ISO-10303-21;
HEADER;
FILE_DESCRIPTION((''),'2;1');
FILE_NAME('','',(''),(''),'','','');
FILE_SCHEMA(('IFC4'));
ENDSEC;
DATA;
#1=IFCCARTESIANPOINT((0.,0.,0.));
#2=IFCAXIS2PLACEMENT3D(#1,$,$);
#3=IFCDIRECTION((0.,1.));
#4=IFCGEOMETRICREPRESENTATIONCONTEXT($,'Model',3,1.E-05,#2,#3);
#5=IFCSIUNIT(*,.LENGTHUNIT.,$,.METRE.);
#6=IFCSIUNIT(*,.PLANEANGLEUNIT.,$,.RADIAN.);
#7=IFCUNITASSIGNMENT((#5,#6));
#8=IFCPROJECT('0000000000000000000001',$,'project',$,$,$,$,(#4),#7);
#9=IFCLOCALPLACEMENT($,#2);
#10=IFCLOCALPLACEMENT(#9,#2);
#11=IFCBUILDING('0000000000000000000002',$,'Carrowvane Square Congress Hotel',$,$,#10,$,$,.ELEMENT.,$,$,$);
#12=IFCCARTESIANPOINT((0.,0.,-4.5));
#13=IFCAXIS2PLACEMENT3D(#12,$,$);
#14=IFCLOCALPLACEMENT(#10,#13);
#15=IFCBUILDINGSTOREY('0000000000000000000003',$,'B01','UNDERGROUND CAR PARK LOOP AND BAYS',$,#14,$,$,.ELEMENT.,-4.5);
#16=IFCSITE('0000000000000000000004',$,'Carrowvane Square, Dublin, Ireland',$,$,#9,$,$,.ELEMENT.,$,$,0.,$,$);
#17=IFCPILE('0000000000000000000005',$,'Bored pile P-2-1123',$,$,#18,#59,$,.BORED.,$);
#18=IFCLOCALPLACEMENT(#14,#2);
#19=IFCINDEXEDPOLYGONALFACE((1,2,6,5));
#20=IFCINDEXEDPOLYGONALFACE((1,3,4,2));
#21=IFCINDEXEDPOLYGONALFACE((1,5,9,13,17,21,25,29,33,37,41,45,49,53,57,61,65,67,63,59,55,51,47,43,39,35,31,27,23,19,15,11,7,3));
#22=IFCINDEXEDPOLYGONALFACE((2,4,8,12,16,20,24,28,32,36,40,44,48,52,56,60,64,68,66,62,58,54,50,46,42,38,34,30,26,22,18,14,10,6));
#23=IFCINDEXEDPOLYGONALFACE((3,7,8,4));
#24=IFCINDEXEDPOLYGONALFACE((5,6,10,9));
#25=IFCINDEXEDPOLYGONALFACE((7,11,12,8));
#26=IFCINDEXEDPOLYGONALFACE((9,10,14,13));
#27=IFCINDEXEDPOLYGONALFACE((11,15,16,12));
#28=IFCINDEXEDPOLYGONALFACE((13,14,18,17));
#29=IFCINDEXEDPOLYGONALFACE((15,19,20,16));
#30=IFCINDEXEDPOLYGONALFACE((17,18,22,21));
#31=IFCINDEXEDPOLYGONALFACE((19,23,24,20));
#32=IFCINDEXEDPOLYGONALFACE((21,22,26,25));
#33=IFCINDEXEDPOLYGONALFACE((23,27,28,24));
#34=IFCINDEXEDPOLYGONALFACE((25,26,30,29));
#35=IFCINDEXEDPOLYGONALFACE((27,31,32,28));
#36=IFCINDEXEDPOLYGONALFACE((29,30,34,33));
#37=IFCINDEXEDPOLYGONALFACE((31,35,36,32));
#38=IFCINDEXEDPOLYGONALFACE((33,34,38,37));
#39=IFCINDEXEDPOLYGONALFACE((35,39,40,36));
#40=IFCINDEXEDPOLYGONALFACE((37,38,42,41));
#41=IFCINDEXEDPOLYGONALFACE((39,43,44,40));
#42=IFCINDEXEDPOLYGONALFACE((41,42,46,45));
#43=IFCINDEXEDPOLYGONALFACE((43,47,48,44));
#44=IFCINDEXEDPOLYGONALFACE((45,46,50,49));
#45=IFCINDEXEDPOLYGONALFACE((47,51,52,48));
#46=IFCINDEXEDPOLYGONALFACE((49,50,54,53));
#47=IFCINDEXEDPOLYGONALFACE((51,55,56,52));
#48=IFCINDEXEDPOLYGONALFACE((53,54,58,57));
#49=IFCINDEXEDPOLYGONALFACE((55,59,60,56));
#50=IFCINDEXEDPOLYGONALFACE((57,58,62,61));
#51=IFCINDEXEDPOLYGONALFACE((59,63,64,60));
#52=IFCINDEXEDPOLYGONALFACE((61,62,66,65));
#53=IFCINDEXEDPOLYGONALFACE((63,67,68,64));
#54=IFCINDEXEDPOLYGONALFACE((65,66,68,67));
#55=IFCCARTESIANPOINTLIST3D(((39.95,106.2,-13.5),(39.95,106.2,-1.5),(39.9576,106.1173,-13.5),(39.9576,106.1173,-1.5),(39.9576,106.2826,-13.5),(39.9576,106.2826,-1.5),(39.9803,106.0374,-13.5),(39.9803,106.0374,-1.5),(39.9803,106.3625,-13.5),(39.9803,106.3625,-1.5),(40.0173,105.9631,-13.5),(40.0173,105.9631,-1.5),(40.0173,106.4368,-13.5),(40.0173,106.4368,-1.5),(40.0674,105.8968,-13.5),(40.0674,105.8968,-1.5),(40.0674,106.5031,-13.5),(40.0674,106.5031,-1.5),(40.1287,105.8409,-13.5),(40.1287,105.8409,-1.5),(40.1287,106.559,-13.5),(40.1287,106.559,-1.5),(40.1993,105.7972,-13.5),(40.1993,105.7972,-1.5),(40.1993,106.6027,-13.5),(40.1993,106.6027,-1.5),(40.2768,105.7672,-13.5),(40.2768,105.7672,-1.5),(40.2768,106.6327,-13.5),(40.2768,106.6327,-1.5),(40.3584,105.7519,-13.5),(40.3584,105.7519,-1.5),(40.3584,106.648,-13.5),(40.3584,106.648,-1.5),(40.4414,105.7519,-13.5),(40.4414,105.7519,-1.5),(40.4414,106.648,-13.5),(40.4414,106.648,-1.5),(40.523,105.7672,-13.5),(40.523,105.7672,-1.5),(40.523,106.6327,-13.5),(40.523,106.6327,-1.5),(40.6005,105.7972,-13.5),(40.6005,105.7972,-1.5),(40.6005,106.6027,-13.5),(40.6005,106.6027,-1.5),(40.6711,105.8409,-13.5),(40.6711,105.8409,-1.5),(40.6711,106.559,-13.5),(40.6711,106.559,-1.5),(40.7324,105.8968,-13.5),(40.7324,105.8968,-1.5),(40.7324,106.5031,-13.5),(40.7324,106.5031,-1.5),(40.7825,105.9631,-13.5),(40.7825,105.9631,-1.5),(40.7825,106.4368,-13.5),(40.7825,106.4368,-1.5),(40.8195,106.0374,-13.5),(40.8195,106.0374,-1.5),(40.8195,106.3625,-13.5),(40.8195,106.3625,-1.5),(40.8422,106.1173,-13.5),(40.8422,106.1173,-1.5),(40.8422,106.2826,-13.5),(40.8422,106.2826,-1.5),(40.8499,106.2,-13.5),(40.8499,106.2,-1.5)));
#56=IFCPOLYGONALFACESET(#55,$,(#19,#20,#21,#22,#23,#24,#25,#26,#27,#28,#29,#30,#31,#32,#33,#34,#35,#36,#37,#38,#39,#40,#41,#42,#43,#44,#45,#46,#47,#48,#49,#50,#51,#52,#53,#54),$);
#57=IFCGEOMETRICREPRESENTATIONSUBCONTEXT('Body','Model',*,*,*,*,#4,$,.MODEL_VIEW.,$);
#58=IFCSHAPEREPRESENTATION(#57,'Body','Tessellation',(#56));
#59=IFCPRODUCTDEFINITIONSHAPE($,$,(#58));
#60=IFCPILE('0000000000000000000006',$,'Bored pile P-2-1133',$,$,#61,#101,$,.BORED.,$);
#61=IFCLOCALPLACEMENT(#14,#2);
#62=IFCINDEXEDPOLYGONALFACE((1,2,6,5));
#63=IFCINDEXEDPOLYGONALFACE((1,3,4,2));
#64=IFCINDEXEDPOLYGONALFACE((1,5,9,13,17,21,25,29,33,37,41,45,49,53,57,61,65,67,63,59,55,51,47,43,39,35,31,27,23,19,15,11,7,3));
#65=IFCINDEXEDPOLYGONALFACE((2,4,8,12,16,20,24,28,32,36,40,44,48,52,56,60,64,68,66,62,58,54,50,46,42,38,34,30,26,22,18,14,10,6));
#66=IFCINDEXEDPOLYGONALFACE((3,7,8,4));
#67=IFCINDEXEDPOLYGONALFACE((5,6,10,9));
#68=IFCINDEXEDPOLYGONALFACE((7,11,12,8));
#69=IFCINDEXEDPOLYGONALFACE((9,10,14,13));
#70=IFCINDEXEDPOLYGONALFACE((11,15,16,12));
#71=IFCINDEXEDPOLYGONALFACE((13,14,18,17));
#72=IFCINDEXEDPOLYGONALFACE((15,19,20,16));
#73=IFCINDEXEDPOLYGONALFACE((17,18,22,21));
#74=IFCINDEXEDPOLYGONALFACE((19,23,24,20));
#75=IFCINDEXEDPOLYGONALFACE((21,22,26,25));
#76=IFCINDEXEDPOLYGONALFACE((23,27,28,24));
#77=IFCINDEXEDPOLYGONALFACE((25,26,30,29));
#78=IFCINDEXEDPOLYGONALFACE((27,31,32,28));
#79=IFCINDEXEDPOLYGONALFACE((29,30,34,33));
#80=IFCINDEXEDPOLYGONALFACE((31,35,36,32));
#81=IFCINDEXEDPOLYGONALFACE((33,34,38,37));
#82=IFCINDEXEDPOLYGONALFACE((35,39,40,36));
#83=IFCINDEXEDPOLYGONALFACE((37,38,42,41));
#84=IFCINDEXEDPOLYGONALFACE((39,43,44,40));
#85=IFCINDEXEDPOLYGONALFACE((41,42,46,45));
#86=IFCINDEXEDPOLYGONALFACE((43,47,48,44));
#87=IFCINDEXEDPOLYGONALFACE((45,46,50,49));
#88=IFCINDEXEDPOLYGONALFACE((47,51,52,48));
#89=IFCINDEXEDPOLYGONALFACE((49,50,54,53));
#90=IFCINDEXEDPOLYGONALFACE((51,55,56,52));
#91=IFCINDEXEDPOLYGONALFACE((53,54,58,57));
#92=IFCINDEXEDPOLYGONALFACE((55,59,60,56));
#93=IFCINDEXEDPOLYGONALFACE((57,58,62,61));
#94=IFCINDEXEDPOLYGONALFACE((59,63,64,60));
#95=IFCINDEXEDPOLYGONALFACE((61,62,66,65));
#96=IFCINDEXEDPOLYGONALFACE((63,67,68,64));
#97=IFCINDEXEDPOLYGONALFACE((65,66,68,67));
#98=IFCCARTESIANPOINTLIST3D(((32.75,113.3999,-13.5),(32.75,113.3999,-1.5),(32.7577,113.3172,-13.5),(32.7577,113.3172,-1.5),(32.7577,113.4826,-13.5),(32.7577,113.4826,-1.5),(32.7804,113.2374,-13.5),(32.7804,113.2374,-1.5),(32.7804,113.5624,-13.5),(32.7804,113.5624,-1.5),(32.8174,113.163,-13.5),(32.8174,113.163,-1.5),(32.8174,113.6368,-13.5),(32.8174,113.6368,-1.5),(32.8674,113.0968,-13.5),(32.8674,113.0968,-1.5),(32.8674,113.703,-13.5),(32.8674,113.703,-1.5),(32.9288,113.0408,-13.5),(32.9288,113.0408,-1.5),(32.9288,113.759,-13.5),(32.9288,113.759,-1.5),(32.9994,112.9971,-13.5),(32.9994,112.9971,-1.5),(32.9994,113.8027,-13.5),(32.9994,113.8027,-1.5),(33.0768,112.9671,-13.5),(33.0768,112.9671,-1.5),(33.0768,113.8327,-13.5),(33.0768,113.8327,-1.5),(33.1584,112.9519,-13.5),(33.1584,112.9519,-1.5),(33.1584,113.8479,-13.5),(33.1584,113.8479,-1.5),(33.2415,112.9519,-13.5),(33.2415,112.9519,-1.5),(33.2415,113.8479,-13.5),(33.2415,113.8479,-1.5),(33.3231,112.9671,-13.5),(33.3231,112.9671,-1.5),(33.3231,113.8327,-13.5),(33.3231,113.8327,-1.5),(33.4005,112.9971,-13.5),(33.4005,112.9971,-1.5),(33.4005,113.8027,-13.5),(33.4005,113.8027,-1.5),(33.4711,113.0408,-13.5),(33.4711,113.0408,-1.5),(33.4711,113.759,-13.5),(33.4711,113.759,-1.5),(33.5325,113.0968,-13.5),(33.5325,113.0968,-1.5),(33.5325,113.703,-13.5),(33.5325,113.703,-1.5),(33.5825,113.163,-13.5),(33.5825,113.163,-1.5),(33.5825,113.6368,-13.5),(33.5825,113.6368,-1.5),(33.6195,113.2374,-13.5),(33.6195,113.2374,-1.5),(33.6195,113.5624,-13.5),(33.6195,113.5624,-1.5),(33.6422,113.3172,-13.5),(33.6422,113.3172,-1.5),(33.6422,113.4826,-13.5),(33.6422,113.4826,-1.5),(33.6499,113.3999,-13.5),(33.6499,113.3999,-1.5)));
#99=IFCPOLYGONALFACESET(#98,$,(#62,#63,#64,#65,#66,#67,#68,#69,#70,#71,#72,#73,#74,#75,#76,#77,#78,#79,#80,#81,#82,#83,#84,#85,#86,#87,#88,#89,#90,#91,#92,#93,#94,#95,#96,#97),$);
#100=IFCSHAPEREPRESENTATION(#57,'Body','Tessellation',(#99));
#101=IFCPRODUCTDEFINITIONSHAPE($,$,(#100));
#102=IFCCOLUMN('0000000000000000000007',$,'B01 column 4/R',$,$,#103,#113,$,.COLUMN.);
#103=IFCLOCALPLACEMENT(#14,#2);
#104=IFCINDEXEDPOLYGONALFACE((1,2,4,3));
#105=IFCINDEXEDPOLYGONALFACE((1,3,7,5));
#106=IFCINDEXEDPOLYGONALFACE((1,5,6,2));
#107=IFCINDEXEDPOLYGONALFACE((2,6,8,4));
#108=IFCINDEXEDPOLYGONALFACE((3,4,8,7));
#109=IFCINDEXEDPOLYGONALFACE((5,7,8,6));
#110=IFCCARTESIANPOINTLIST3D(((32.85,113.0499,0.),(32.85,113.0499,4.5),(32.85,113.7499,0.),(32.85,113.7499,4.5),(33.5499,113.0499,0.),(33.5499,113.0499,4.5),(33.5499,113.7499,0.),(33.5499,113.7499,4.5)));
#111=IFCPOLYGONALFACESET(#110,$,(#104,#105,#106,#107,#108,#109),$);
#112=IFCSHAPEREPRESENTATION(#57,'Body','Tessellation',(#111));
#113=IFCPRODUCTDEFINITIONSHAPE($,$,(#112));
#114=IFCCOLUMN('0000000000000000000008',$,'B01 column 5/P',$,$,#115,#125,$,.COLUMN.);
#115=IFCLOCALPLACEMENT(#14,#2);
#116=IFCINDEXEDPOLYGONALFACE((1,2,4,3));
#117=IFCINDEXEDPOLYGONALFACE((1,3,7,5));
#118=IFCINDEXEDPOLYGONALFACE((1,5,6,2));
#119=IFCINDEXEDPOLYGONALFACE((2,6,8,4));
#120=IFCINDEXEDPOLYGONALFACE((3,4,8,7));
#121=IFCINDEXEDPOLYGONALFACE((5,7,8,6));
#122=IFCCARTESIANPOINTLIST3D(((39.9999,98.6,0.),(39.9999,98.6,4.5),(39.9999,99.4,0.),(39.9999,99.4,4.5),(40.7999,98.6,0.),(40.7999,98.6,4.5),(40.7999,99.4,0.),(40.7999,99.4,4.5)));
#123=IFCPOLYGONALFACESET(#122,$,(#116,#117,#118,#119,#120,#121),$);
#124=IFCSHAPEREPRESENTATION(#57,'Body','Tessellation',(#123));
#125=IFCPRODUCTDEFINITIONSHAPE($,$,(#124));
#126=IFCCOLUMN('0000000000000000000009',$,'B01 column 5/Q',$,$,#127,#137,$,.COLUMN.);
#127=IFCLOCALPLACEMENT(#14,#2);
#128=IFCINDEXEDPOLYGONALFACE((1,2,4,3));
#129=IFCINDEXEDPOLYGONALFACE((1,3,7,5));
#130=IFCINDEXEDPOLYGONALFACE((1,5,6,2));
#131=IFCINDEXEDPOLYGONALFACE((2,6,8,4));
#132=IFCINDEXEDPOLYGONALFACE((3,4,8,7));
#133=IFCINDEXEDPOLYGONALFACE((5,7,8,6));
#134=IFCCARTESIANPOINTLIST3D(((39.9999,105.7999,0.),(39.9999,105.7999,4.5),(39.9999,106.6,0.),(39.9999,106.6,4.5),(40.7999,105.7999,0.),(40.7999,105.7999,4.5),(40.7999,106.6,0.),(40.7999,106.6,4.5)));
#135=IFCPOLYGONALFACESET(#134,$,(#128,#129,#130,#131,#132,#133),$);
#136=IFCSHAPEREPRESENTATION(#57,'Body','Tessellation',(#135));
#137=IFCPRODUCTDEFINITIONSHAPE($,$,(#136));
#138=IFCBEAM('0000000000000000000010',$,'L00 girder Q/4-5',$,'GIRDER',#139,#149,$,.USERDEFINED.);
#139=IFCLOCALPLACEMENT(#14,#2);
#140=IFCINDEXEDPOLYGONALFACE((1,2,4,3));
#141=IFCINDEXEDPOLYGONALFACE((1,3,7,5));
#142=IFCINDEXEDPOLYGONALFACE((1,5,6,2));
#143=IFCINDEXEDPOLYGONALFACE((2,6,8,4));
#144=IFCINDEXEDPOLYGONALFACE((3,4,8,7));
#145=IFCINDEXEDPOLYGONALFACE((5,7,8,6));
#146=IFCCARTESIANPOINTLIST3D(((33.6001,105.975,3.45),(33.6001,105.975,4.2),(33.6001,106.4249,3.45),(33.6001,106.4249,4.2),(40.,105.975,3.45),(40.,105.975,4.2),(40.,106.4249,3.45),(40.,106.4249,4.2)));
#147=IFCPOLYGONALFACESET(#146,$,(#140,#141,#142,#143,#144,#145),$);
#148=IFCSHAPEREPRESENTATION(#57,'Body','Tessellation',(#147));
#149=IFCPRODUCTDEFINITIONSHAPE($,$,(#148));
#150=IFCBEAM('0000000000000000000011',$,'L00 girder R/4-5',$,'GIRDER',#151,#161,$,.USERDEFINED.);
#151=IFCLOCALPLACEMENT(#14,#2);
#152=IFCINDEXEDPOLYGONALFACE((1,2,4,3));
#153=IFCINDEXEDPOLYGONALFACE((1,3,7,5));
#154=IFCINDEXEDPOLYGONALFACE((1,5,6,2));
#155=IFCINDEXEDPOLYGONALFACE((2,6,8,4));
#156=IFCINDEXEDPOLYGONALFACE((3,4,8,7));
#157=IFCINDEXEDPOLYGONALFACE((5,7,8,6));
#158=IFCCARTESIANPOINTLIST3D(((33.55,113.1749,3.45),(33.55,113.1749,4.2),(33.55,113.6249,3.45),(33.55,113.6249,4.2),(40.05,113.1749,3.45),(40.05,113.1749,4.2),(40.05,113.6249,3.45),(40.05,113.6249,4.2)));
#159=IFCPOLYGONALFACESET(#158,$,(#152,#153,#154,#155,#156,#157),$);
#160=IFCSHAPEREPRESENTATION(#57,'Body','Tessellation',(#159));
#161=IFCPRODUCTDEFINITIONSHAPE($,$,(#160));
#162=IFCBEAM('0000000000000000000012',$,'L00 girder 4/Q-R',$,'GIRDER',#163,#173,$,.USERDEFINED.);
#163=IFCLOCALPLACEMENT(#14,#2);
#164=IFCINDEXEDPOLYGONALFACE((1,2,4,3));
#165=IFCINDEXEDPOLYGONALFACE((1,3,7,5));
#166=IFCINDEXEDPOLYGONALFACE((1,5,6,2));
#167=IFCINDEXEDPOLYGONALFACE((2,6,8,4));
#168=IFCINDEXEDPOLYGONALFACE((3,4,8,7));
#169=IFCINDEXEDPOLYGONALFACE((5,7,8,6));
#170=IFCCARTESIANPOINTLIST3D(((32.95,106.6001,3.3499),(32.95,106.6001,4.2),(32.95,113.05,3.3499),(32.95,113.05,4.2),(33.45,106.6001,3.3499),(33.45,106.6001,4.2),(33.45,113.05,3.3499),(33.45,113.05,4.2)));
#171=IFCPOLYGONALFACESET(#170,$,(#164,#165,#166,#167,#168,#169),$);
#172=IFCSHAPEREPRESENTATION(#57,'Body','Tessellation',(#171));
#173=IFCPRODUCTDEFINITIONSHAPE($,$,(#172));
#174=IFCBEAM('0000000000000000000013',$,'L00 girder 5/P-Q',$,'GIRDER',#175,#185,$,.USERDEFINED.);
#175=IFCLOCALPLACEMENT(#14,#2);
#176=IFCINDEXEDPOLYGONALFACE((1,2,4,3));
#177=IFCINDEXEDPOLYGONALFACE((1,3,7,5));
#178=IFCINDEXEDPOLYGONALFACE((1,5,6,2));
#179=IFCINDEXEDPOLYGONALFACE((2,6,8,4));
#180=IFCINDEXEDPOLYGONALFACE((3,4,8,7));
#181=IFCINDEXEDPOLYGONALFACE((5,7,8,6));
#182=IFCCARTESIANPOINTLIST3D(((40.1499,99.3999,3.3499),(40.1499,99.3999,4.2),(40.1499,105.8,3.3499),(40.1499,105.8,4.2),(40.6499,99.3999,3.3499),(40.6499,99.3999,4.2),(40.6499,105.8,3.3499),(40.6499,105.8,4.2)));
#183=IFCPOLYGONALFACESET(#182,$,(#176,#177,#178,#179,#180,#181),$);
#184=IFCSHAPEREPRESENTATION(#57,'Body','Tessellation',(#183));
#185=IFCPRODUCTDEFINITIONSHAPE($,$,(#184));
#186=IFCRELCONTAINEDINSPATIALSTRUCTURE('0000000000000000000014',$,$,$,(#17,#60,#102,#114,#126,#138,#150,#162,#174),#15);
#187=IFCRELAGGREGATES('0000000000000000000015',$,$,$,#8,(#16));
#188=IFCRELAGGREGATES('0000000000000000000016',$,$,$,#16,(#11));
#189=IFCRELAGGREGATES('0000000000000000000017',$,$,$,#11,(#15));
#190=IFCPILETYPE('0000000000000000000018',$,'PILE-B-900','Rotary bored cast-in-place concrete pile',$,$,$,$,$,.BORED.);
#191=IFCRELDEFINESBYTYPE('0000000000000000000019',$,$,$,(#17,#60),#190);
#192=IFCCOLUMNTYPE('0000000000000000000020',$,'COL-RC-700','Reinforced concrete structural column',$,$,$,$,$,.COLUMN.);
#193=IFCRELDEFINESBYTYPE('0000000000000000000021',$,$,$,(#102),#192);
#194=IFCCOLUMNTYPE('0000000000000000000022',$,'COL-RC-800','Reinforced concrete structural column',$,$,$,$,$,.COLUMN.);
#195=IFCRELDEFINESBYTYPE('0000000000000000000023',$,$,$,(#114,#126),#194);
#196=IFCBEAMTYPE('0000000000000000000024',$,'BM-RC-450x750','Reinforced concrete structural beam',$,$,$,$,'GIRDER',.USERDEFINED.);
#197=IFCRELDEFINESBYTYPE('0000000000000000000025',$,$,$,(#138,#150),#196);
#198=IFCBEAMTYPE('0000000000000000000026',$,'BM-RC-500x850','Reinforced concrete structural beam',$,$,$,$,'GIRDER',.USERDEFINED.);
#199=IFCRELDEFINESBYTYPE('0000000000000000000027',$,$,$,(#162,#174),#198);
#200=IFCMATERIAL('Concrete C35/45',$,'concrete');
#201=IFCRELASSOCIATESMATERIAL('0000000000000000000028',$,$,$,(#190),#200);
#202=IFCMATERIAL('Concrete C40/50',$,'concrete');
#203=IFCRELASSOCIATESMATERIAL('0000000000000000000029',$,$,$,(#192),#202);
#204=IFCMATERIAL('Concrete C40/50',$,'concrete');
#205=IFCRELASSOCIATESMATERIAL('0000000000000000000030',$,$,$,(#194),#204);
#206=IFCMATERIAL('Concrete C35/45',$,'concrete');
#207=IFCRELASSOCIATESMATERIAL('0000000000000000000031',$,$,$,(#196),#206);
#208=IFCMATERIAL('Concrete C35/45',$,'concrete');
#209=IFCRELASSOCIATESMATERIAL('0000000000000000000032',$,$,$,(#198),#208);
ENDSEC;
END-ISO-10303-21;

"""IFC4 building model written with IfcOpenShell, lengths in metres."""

from ifc_helpers import new_model, si_unit, direction, frame, origin, origin_2d, place, context, subcontext, project, spatial, rectangle, circle, extrude, material, material_profile, profile_set, type_object, element, save


model = new_model("IFC4")

# Units and contexts
model_context = context("Model", 3, precision=1e-05, world=origin(), true_north=direction((0.0, 1.0)))
body_context = subcontext(model_context, "Body", "Model", "MODEL_VIEW")
ifc_project = project(units=[si_unit("LENGTHUNIT", "METRE"), si_unit("PLANEANGLEUNIT", "RADIAN")], contexts=[model_context])

# Site, building, storey
site_placement = place(None, origin())
site = spatial("IfcSite", under=ifc_project, at=site_placement, Name="Carrowvane Square, Dublin, Ireland", CompositionType="ELEMENT", RefElevation=0.0)
building_placement = place(site_placement, origin())
building = spatial("IfcBuilding", under=site, at=building_placement, Name="Carrowvane Square Congress Hotel", CompositionType="ELEMENT")
storey_placement = place(building_placement, frame((0.0, 0.0, -4.5)))
storey = spatial("IfcBuildingStorey", under=building, at=storey_placement, Name="B01", Description="UNDERGROUND CAR PARK LOOP AND BAYS", CompositionType="ELEMENT", Elevation=-4.5)

# Piles
ifc_material_1 = material(Name="Concrete C35/45", Category="concrete")
ifc_material_profile_1 = material_profile(ifc_material_1, circle(Radius=0.45, at=origin_2d()), Name="PILE D900")
ifc_profile_set_1 = profile_set([ifc_material_profile_1], Name="Concrete C35/45")
pile_type = type_object("IfcPileType", Name="PILE-B-900", Description="Rotary bored cast-in-place concrete pile", PredefinedType="BORED", material=ifc_profile_set_1)
for number, where, z_axis, x_axis, name in (
    (1, (40.3999, 106.2, -1.5), (0.0, 0.0, -1.0), (1.0, 0.0, 0.0), "Bored pile P-2-1123"),
    (2, (33.2, 113.3999, -1.5), (0.0, 0.0, -1.0), (1.0, 0.0, 0.0), "Bored pile P-2-1133"),
):
    element("IfcPile", number, at=place(storey_placement, frame(where, z_axis=z_axis, x_axis=x_axis)), inside=storey, type_object=pile_type, Name=name, PredefinedType="BORED", context=body_context, shape_type="SweptSolid", body=[
        extrude(circle(Radius=0.45, at=origin_2d()), origin(), (0.0, 0.0, 1.0), 12.0),
    ])

# Columns
ifc_material_2 = material(Name="Concrete C40/50", Category="concrete")
ifc_material_profile_2 = material_profile(ifc_material_2, rectangle(XDim=0.7, YDim=0.7, at=origin_2d()), Name="RC 700x700")
ifc_profile_set_2 = profile_set([ifc_material_profile_2], Name="Concrete C40/50")
column_type_1 = type_object("IfcColumnType", Name="COL-RC-700", Description="Reinforced concrete structural column", PredefinedType="COLUMN", material=ifc_profile_set_2)
column_placement = place(storey_placement, frame((33.2, 113.3999, 0.0), z_axis=(0.0, 0.0, 1.0), x_axis=(1.0, 0.0, 0.0)))
element("IfcColumn", 3, at=column_placement, inside=storey, type_object=column_type_1, Name="B01 column 4/R", PredefinedType="COLUMN", context=body_context, shape_type="SweptSolid", body=[
    extrude(rectangle(XDim=0.7, YDim=0.7, at=origin_2d()), origin(), (0.0, 0.0, 1.0), 4.5),
])
ifc_material_3 = material(Name="Concrete C40/50", Category="concrete")
ifc_material_profile_3 = material_profile(ifc_material_3, rectangle(XDim=0.8, YDim=0.8, at=origin_2d()), Name="RC 800x800")
ifc_profile_set_3 = profile_set([ifc_material_profile_3], Name="Concrete C40/50")
column_type_2 = type_object("IfcColumnType", Name="COL-RC-800", Description="Reinforced concrete structural column", PredefinedType="COLUMN", material=ifc_profile_set_3)
for number, where, z_axis, x_axis, name in (
    (4, (40.3999, 99.0, 0.0), (0.0, 0.0, 1.0), (1.0, 0.0, 0.0), "B01 column 5/P"),
    (5, (40.3999, 106.2, 0.0), (0.0, 0.0, 1.0), (1.0, 0.0, 0.0), "B01 column 5/Q"),
):
    element("IfcColumn", number, at=place(storey_placement, frame(where, z_axis=z_axis, x_axis=x_axis)), inside=storey, type_object=column_type_2, Name=name, PredefinedType="COLUMN", context=body_context, shape_type="SweptSolid", body=[
        extrude(rectangle(XDim=0.8, YDim=0.8, at=origin_2d()), origin(), (0.0, 0.0, 1.0), 4.5),
    ])

# Beams
ifc_material_4 = material(Name="Concrete C35/45", Category="concrete")
ifc_material_profile_4 = material_profile(ifc_material_4, rectangle(XDim=0.45, YDim=0.75, at=origin_2d()), Name="RC 450x750")
ifc_profile_set_4 = profile_set([ifc_material_profile_4], Name="Concrete C35/45")
beam_type_1 = type_object("IfcBeamType", Name="BM-RC-450x750", Description="Reinforced concrete structural beam", ElementType="GIRDER", PredefinedType="USERDEFINED", material=ifc_profile_set_4)
beam_1_placement = place(storey_placement, frame((33.6001, 106.2, 3.825), z_axis=(1.0, 0.0, 0.0), x_axis=(0.0, 1.0, 0.0)))
element("IfcBeam", 6, at=beam_1_placement, inside=storey, type_object=beam_type_1, Name="L00 girder Q/4-5", ObjectType="GIRDER", PredefinedType="USERDEFINED", context=body_context, shape_type="SweptSolid", body=[
    extrude(rectangle(XDim=0.45, YDim=0.75, at=origin_2d()), origin(), (0.0, 0.0, 1.0), 6.3999),
])
beam_2_placement = place(storey_placement, frame((33.55, 113.3999, 3.825), z_axis=(1.0, 0.0, 0.0), x_axis=(0.0, 1.0, 0.0)))
element("IfcBeam", 7, at=beam_2_placement, inside=storey, type_object=beam_type_1, Name="L00 girder R/4-5", ObjectType="GIRDER", PredefinedType="USERDEFINED", context=body_context, shape_type="SweptSolid", body=[
    extrude(rectangle(XDim=0.45, YDim=0.75, at=origin_2d()), origin(), (0.0, 0.0, 1.0), 6.5),
])
ifc_material_5 = material(Name="Concrete C35/45", Category="concrete")
ifc_material_profile_5 = material_profile(ifc_material_5, rectangle(XDim=0.5, YDim=0.8501, at=origin_2d()), Name="RC 500x850")
ifc_profile_set_5 = profile_set([ifc_material_profile_5], Name="Concrete C35/45")
beam_type_2 = type_object("IfcBeamType", Name="BM-RC-500x850", Description="Reinforced concrete structural beam", ElementType="GIRDER", PredefinedType="USERDEFINED", material=ifc_profile_set_5)
beam_3_placement = place(storey_placement, frame((33.2, 106.6001, 3.7749), z_axis=(0.0, 1.0, 0.0), x_axis=(-1.0, 0.0, 0.0)))
element("IfcBeam", 8, at=beam_3_placement, inside=storey, type_object=beam_type_2, Name="L00 girder 4/Q-R", ObjectType="GIRDER", PredefinedType="USERDEFINED", context=body_context, shape_type="SweptSolid", body=[
    extrude(rectangle(XDim=0.5, YDim=0.8501, at=origin_2d()), origin(), (0.0, 0.0, 1.0), 6.45),
])
beam_4_placement = place(storey_placement, frame((40.3999, 99.3999, 3.7749), z_axis=(0.0, 1.0, 0.0), x_axis=(-1.0, 0.0, 0.0)))
element("IfcBeam", 9, at=beam_4_placement, inside=storey, type_object=beam_type_2, Name="L00 girder 5/P-Q", ObjectType="GIRDER", PredefinedType="USERDEFINED", context=body_context, shape_type="SweptSolid", body=[
    extrude(rectangle(XDim=0.5, YDim=0.8501, at=origin_2d()), origin(), (0.0, 0.0, 1.0), 6.4001),
])

save(model, "model.ifc")
